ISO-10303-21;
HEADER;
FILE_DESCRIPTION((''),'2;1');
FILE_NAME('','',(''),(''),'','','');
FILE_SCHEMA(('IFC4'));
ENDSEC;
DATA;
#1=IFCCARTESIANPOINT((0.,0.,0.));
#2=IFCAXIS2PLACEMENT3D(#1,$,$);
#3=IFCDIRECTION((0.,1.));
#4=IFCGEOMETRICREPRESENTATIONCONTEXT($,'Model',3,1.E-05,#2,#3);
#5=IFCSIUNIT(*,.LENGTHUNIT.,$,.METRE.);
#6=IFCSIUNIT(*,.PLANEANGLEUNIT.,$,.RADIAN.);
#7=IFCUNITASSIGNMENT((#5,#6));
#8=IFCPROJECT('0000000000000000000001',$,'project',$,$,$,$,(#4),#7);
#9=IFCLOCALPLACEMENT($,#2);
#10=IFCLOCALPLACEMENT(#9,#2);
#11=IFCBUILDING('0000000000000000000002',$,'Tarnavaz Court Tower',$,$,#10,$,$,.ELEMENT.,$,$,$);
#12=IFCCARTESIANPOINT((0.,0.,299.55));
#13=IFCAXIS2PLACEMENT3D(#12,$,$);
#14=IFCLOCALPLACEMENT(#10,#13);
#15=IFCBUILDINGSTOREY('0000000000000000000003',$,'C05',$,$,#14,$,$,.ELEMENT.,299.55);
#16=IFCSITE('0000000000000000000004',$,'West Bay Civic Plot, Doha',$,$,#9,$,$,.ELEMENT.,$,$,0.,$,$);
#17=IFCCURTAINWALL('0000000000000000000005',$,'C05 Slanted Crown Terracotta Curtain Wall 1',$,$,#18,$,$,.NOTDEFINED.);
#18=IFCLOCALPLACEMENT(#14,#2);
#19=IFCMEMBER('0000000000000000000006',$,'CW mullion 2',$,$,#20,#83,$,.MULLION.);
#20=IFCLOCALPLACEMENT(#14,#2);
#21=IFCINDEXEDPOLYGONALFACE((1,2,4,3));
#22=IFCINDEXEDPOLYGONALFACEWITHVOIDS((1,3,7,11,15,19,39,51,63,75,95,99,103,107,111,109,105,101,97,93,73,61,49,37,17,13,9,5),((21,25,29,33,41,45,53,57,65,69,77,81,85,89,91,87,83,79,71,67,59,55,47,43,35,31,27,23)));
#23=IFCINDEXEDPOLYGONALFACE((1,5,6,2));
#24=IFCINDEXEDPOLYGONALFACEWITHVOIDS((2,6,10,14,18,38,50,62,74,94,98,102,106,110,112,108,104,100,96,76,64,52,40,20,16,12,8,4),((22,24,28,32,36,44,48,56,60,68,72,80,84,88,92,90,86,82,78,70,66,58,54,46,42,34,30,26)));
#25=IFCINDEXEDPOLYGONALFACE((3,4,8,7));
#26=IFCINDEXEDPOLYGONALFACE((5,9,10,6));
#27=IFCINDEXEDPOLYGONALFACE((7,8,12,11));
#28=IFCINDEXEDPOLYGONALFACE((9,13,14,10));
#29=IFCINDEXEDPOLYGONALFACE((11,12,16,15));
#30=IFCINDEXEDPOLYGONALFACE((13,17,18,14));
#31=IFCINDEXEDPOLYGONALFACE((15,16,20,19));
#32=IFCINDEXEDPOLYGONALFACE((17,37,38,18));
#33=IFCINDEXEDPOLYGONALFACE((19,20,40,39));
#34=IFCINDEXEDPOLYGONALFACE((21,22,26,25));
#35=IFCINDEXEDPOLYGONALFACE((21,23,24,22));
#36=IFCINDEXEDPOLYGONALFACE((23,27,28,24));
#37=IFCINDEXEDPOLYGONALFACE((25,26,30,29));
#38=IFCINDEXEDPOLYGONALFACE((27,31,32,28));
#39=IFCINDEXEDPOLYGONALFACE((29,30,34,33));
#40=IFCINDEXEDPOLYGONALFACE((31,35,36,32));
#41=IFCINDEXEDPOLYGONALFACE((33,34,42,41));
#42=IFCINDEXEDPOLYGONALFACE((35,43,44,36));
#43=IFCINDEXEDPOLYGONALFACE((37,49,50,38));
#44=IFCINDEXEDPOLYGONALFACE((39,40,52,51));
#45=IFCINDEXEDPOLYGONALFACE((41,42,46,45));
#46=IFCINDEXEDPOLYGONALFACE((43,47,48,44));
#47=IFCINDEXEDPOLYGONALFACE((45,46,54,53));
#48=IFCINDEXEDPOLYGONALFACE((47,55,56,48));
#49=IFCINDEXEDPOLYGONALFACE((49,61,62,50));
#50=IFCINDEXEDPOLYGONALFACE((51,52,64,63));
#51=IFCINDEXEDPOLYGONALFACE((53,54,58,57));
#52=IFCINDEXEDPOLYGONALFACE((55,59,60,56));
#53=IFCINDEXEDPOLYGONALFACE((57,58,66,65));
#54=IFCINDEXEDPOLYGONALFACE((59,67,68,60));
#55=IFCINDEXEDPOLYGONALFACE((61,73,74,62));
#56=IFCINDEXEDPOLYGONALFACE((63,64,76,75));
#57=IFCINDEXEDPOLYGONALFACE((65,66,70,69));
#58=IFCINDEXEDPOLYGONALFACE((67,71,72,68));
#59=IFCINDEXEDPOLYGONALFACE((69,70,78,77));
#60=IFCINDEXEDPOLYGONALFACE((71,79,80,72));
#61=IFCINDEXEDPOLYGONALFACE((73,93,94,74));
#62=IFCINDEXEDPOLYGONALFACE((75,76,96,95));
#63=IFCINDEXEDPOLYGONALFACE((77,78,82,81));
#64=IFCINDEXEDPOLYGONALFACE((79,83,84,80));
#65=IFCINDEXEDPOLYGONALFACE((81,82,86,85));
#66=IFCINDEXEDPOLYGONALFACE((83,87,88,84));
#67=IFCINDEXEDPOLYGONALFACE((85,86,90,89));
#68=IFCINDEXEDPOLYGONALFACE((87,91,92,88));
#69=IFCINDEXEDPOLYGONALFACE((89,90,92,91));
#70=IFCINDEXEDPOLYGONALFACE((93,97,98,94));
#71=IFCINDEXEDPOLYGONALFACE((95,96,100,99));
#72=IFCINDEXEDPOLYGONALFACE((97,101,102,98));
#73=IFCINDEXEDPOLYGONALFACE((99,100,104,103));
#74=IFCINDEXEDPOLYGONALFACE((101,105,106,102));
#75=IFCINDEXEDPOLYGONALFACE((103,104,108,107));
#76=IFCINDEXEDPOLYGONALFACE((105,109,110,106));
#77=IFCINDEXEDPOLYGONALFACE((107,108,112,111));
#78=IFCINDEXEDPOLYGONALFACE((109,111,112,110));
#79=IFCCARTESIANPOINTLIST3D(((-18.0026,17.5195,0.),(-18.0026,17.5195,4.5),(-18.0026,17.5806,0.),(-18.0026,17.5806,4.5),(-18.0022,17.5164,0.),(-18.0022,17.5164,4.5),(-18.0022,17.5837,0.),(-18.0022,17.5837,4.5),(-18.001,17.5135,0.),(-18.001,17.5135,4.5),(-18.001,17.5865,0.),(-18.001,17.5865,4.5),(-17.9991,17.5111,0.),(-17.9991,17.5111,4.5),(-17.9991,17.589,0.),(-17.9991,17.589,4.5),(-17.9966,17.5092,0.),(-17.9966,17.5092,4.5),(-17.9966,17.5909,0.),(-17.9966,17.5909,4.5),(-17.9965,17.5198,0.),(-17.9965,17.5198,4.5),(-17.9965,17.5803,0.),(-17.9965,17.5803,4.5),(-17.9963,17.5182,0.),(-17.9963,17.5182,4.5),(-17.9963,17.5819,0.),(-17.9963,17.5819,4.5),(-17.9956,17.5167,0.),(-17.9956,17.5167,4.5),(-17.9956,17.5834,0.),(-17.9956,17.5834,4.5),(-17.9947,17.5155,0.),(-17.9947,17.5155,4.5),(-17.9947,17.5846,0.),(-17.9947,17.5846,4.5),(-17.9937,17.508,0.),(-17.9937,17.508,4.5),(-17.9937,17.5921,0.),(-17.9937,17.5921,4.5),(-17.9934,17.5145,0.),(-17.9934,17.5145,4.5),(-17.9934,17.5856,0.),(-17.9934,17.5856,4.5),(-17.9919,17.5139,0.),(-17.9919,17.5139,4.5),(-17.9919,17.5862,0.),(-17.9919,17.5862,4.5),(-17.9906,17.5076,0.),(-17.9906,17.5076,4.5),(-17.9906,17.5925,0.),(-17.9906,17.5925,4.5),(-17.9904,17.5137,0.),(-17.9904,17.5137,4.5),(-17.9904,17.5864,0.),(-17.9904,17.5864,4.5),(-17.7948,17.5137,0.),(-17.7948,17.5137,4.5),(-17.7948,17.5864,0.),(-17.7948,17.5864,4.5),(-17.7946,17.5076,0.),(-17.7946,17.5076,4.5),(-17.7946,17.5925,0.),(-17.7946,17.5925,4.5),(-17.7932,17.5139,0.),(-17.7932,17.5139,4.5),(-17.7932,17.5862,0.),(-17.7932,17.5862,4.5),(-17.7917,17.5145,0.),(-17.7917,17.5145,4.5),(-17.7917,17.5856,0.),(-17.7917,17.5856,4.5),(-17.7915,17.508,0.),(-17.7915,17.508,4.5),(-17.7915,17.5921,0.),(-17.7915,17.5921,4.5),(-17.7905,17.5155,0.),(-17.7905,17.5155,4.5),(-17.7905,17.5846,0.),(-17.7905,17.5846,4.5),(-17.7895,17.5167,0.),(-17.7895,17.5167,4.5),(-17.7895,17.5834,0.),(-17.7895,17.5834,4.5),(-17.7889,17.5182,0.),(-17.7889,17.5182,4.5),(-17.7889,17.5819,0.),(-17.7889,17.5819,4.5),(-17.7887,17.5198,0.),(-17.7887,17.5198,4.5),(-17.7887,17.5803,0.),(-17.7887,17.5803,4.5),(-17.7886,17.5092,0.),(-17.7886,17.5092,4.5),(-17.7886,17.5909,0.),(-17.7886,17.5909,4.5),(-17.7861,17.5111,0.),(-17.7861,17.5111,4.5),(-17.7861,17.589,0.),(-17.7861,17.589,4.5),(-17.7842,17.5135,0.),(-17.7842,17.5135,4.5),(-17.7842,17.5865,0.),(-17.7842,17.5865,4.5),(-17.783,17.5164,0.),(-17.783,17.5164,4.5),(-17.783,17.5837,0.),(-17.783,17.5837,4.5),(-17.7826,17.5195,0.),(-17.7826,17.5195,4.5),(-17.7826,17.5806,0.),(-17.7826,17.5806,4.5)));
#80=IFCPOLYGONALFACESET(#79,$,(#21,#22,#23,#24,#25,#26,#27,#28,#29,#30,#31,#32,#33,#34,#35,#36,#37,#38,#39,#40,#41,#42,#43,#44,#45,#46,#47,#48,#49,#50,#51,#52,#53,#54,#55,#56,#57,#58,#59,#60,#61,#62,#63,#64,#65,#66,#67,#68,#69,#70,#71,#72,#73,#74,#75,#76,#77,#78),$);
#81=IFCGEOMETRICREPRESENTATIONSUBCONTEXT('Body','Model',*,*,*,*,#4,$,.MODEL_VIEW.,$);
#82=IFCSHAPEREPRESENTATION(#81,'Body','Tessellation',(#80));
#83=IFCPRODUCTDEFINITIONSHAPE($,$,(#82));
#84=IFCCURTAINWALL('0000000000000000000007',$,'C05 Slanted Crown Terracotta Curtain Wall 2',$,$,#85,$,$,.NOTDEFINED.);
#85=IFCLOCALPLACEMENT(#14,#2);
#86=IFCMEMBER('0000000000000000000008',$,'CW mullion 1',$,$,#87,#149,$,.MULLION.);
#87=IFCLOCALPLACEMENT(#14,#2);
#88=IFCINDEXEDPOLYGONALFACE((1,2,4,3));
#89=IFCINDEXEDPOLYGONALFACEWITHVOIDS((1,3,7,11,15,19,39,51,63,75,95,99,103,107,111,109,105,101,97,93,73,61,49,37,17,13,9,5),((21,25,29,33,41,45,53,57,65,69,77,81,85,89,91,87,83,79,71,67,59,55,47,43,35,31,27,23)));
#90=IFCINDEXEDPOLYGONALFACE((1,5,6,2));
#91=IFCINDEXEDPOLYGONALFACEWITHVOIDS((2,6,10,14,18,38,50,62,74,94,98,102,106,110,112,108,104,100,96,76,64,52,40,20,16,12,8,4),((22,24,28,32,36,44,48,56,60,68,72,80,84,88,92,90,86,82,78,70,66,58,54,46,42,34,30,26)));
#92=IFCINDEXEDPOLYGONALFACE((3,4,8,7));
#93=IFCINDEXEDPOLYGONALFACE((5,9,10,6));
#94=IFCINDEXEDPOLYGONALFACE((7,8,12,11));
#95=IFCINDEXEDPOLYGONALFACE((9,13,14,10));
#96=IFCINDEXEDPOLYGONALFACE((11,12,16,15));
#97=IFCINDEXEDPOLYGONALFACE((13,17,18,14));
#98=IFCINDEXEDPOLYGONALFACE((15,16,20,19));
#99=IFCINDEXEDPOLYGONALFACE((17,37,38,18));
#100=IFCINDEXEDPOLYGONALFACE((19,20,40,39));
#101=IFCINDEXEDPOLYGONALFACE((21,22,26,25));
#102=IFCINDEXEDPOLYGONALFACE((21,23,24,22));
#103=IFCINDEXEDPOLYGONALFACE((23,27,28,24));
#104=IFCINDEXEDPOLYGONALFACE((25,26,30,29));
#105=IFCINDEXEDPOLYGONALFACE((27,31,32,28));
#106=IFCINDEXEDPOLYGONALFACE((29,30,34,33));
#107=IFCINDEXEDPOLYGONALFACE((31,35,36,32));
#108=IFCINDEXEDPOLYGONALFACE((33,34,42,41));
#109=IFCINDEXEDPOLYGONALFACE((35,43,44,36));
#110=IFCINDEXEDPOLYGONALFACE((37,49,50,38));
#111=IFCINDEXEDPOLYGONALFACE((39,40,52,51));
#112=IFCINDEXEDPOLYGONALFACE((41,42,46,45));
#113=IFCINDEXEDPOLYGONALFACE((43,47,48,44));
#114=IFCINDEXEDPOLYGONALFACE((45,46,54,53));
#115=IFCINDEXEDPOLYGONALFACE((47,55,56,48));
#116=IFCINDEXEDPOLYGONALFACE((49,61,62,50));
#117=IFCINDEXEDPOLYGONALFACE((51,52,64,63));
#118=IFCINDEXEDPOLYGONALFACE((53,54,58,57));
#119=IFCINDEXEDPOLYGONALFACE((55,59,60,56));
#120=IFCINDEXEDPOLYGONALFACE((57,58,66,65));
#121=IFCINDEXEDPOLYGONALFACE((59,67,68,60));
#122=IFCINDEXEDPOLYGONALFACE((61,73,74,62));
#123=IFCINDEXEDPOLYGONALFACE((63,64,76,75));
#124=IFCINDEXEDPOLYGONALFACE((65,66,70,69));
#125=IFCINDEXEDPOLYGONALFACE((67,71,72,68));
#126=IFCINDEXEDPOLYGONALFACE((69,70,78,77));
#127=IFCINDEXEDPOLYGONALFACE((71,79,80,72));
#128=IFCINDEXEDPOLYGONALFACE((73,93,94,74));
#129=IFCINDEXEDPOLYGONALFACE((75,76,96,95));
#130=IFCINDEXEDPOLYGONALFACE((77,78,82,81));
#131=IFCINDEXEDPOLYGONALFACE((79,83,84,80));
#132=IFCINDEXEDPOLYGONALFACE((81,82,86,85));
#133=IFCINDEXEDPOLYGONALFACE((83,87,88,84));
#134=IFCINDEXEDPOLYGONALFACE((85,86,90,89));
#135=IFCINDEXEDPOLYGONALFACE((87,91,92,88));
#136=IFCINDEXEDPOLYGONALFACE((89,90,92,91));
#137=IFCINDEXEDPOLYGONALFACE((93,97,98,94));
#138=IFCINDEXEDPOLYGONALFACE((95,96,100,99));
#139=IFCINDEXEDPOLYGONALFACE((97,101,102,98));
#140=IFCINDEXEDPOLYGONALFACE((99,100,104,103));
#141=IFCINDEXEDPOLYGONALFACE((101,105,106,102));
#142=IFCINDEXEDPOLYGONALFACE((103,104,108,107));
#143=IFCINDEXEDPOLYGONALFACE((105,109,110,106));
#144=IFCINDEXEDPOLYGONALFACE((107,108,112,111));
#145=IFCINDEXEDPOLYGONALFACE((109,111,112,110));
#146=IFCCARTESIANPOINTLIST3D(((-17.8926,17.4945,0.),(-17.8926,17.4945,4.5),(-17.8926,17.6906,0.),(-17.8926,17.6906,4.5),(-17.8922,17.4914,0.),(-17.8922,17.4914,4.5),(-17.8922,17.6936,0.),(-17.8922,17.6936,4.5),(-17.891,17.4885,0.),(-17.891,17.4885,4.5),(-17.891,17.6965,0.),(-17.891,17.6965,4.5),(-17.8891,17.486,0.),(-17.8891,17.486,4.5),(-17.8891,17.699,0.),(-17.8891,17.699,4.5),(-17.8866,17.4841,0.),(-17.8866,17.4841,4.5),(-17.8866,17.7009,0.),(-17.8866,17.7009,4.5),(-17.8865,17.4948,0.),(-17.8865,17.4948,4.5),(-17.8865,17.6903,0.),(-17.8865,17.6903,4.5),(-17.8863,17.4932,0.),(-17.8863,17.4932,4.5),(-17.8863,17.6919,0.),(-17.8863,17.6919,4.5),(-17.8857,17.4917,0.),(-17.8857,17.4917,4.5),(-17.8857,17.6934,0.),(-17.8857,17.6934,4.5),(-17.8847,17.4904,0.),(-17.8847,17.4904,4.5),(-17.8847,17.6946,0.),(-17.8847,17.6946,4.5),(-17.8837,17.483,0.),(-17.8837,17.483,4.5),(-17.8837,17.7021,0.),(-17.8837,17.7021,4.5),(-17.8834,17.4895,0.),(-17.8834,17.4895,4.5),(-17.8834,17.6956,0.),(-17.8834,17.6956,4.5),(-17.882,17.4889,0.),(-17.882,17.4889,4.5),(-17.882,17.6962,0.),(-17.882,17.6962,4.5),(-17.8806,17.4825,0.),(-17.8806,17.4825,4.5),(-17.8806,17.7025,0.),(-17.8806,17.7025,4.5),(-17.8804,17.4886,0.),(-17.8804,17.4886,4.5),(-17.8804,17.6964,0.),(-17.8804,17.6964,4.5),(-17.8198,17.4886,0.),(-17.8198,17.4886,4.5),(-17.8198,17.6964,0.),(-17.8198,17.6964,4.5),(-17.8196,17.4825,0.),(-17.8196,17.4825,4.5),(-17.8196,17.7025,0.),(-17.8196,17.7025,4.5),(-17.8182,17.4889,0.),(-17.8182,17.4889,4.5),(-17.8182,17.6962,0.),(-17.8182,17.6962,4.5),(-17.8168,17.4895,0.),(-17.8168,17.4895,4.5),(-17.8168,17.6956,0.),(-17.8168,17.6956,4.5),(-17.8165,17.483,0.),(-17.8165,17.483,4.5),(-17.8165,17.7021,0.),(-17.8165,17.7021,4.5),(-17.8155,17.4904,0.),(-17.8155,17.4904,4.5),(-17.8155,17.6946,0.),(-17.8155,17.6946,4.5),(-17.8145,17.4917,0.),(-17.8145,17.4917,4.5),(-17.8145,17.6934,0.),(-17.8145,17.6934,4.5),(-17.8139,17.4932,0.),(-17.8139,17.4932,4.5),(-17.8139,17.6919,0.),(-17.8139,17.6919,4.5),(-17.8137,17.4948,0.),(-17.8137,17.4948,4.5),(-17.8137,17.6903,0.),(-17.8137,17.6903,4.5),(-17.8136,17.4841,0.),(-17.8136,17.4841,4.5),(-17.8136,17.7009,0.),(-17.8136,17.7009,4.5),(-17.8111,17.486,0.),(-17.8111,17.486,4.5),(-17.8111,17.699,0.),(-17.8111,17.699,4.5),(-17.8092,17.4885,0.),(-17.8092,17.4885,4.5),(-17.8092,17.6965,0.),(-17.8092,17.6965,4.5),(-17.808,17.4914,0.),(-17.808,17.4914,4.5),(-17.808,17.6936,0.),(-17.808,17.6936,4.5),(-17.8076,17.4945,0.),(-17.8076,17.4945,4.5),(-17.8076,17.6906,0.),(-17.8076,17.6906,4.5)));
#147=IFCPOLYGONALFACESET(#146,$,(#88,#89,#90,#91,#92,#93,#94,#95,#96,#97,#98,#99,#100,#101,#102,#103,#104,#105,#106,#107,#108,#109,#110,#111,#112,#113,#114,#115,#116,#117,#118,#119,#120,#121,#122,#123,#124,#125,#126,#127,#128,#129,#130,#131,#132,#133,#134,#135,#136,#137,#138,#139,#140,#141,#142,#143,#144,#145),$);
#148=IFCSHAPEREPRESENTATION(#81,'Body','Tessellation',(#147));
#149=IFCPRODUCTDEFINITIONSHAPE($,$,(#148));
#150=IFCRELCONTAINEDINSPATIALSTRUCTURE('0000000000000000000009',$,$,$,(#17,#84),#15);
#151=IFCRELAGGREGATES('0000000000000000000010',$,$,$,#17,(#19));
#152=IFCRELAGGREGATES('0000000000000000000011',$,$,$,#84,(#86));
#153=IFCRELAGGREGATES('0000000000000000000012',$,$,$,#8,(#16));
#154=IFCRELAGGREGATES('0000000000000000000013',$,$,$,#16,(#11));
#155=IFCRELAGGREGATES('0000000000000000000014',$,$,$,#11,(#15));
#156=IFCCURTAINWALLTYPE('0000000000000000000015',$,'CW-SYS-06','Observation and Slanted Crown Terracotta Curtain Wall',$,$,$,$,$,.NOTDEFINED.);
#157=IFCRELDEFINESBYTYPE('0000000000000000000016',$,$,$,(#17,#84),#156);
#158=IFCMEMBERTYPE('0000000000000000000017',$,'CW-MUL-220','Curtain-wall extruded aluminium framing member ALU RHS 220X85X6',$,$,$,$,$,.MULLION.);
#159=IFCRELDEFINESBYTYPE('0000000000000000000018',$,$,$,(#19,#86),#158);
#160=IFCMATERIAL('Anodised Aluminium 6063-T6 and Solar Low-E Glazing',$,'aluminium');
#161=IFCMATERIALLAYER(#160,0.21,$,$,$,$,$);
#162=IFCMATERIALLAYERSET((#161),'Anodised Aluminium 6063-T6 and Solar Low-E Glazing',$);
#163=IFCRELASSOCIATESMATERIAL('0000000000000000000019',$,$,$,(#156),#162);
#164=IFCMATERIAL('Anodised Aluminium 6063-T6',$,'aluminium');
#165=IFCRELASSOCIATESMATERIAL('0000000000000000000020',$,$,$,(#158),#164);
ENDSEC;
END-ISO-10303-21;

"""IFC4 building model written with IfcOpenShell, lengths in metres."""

from ifc_helpers import new_model, si_unit, direction, frame, origin, origin_2d, place, context, subcontext, project, spatial, hollow_rectangle, extrude, material, layer, layer_set, material_profile, profile_set, type_object, element, aggregate, save


model = new_model("IFC4")

# Units and contexts
model_context = context("Model", 3, precision=1e-05, world=origin(), true_north=direction((0.0, 1.0)))
body_context = subcontext(model_context, "Body", "Model", "MODEL_VIEW")
ifc_project = project(units=[si_unit("LENGTHUNIT", "METRE"), si_unit("PLANEANGLEUNIT", "RADIAN")], contexts=[model_context])

# Site, building, storey
site_placement = place(None, origin())
site = spatial("IfcSite", under=ifc_project, at=site_placement, Name="West Bay Civic Plot, Doha", CompositionType="ELEMENT", RefElevation=0.0)
building_placement = place(site_placement, origin())
building = spatial("IfcBuilding", under=site, at=building_placement, Name="Tarnavaz Court Tower", CompositionType="ELEMENT")
storey_placement = place(building_placement, frame((0.0, 0.0, 299.55)))
storey = spatial("IfcBuildingStorey", under=building, at=storey_placement, Name="C05", CompositionType="ELEMENT", Elevation=299.55)

# Curtain wall, member
ifc_material_1 = material(Name="Anodised Aluminium 6063-T6 and Solar Low-E Glazing", Category="aluminium")
ifc_layer_1 = layer(ifc_material_1, 0.21)
ifc_layer_set_1 = layer_set([ifc_layer_1], Name="Anodised Aluminium 6063-T6 and Solar Low-E Glazing")
curtain_wall_type = type_object("IfcCurtainWallType", Name="CW-SYS-06", Description="Observation and Slanted Crown Terracotta Curtain Wall", PredefinedType="NOTDEFINED", material=ifc_layer_set_1)
curtain_wall_1_placement = place(storey_placement, origin())
curtain_wall_1 = element("IfcCurtainWall", 1, at=curtain_wall_1_placement, inside=storey, type_object=curtain_wall_type, Name="C05 Slanted Crown Terracotta Curtain Wall 1", PredefinedType="NOTDEFINED")
ifc_material_2 = material(Name="Anodised Aluminium 6063-T6", Category="aluminium")
ifc_material_profile_1 = material_profile(ifc_material_2, hollow_rectangle(XDim=0.085, YDim=0.22, WallThickness=0.0061, InnerFilletRadius=0.0061, OuterFilletRadius=0.012, at=origin_2d()), Name="ALU RHS 220X85X6")
ifc_profile_set_1 = profile_set([ifc_material_profile_1], Name="Anodised Aluminium 6063-T6")
member_type_1 = type_object("IfcMemberType", Name="CW-MUL-220", Description="Curtain-wall extruded aluminium framing member ALU RHS 220X85X6", PredefinedType="MULLION", material=ifc_profile_set_1)
member_1_placement = place(storey_placement, frame((-17.8926, 17.55, 0.0), z_axis=(0.0, 0.0, 1.0), x_axis=(0.0, 1.0, 0.0)))
member_1 = element("IfcMember", 2, at=member_1_placement, type_object=member_type_1, Name="CW mullion 2", PredefinedType="MULLION", context=body_context, shape_type="SweptSolid", body=[
    extrude(hollow_rectangle(XDim=0.085, YDim=0.22, WallThickness=0.0061, InnerFilletRadius=0.0061, OuterFilletRadius=0.012, at=origin_2d()), origin(), (0.0, 0.0, 1.0), 4.5),
])

# Curtain wall, member
curtain_wall_2_placement = place(storey_placement, origin())
curtain_wall_2 = element("IfcCurtainWall", 3, at=curtain_wall_2_placement, inside=storey, type_object=curtain_wall_type, Name="C05 Slanted Crown Terracotta Curtain Wall 2", PredefinedType="NOTDEFINED")
member_2_placement = place(storey_placement, frame((-17.8501, 17.5925, 0.0), z_axis=(0.0, 0.0, 1.0), x_axis=(-1.0, 0.0, 0.0)))
member_2 = element("IfcMember", 4, at=member_2_placement, type_object=member_type_1, Name="CW mullion 1", PredefinedType="MULLION", context=body_context, shape_type="SweptSolid", body=[
    extrude(hollow_rectangle(XDim=0.085, YDim=0.22, WallThickness=0.0061, InnerFilletRadius=0.0061, OuterFilletRadius=0.012, at=origin_2d()), origin(), (0.0, 0.0, 1.0), 4.5),
])

aggregate(curtain_wall_1, [member_1])
aggregate(curtain_wall_2, [member_2])

save(model, "model.ifc")
